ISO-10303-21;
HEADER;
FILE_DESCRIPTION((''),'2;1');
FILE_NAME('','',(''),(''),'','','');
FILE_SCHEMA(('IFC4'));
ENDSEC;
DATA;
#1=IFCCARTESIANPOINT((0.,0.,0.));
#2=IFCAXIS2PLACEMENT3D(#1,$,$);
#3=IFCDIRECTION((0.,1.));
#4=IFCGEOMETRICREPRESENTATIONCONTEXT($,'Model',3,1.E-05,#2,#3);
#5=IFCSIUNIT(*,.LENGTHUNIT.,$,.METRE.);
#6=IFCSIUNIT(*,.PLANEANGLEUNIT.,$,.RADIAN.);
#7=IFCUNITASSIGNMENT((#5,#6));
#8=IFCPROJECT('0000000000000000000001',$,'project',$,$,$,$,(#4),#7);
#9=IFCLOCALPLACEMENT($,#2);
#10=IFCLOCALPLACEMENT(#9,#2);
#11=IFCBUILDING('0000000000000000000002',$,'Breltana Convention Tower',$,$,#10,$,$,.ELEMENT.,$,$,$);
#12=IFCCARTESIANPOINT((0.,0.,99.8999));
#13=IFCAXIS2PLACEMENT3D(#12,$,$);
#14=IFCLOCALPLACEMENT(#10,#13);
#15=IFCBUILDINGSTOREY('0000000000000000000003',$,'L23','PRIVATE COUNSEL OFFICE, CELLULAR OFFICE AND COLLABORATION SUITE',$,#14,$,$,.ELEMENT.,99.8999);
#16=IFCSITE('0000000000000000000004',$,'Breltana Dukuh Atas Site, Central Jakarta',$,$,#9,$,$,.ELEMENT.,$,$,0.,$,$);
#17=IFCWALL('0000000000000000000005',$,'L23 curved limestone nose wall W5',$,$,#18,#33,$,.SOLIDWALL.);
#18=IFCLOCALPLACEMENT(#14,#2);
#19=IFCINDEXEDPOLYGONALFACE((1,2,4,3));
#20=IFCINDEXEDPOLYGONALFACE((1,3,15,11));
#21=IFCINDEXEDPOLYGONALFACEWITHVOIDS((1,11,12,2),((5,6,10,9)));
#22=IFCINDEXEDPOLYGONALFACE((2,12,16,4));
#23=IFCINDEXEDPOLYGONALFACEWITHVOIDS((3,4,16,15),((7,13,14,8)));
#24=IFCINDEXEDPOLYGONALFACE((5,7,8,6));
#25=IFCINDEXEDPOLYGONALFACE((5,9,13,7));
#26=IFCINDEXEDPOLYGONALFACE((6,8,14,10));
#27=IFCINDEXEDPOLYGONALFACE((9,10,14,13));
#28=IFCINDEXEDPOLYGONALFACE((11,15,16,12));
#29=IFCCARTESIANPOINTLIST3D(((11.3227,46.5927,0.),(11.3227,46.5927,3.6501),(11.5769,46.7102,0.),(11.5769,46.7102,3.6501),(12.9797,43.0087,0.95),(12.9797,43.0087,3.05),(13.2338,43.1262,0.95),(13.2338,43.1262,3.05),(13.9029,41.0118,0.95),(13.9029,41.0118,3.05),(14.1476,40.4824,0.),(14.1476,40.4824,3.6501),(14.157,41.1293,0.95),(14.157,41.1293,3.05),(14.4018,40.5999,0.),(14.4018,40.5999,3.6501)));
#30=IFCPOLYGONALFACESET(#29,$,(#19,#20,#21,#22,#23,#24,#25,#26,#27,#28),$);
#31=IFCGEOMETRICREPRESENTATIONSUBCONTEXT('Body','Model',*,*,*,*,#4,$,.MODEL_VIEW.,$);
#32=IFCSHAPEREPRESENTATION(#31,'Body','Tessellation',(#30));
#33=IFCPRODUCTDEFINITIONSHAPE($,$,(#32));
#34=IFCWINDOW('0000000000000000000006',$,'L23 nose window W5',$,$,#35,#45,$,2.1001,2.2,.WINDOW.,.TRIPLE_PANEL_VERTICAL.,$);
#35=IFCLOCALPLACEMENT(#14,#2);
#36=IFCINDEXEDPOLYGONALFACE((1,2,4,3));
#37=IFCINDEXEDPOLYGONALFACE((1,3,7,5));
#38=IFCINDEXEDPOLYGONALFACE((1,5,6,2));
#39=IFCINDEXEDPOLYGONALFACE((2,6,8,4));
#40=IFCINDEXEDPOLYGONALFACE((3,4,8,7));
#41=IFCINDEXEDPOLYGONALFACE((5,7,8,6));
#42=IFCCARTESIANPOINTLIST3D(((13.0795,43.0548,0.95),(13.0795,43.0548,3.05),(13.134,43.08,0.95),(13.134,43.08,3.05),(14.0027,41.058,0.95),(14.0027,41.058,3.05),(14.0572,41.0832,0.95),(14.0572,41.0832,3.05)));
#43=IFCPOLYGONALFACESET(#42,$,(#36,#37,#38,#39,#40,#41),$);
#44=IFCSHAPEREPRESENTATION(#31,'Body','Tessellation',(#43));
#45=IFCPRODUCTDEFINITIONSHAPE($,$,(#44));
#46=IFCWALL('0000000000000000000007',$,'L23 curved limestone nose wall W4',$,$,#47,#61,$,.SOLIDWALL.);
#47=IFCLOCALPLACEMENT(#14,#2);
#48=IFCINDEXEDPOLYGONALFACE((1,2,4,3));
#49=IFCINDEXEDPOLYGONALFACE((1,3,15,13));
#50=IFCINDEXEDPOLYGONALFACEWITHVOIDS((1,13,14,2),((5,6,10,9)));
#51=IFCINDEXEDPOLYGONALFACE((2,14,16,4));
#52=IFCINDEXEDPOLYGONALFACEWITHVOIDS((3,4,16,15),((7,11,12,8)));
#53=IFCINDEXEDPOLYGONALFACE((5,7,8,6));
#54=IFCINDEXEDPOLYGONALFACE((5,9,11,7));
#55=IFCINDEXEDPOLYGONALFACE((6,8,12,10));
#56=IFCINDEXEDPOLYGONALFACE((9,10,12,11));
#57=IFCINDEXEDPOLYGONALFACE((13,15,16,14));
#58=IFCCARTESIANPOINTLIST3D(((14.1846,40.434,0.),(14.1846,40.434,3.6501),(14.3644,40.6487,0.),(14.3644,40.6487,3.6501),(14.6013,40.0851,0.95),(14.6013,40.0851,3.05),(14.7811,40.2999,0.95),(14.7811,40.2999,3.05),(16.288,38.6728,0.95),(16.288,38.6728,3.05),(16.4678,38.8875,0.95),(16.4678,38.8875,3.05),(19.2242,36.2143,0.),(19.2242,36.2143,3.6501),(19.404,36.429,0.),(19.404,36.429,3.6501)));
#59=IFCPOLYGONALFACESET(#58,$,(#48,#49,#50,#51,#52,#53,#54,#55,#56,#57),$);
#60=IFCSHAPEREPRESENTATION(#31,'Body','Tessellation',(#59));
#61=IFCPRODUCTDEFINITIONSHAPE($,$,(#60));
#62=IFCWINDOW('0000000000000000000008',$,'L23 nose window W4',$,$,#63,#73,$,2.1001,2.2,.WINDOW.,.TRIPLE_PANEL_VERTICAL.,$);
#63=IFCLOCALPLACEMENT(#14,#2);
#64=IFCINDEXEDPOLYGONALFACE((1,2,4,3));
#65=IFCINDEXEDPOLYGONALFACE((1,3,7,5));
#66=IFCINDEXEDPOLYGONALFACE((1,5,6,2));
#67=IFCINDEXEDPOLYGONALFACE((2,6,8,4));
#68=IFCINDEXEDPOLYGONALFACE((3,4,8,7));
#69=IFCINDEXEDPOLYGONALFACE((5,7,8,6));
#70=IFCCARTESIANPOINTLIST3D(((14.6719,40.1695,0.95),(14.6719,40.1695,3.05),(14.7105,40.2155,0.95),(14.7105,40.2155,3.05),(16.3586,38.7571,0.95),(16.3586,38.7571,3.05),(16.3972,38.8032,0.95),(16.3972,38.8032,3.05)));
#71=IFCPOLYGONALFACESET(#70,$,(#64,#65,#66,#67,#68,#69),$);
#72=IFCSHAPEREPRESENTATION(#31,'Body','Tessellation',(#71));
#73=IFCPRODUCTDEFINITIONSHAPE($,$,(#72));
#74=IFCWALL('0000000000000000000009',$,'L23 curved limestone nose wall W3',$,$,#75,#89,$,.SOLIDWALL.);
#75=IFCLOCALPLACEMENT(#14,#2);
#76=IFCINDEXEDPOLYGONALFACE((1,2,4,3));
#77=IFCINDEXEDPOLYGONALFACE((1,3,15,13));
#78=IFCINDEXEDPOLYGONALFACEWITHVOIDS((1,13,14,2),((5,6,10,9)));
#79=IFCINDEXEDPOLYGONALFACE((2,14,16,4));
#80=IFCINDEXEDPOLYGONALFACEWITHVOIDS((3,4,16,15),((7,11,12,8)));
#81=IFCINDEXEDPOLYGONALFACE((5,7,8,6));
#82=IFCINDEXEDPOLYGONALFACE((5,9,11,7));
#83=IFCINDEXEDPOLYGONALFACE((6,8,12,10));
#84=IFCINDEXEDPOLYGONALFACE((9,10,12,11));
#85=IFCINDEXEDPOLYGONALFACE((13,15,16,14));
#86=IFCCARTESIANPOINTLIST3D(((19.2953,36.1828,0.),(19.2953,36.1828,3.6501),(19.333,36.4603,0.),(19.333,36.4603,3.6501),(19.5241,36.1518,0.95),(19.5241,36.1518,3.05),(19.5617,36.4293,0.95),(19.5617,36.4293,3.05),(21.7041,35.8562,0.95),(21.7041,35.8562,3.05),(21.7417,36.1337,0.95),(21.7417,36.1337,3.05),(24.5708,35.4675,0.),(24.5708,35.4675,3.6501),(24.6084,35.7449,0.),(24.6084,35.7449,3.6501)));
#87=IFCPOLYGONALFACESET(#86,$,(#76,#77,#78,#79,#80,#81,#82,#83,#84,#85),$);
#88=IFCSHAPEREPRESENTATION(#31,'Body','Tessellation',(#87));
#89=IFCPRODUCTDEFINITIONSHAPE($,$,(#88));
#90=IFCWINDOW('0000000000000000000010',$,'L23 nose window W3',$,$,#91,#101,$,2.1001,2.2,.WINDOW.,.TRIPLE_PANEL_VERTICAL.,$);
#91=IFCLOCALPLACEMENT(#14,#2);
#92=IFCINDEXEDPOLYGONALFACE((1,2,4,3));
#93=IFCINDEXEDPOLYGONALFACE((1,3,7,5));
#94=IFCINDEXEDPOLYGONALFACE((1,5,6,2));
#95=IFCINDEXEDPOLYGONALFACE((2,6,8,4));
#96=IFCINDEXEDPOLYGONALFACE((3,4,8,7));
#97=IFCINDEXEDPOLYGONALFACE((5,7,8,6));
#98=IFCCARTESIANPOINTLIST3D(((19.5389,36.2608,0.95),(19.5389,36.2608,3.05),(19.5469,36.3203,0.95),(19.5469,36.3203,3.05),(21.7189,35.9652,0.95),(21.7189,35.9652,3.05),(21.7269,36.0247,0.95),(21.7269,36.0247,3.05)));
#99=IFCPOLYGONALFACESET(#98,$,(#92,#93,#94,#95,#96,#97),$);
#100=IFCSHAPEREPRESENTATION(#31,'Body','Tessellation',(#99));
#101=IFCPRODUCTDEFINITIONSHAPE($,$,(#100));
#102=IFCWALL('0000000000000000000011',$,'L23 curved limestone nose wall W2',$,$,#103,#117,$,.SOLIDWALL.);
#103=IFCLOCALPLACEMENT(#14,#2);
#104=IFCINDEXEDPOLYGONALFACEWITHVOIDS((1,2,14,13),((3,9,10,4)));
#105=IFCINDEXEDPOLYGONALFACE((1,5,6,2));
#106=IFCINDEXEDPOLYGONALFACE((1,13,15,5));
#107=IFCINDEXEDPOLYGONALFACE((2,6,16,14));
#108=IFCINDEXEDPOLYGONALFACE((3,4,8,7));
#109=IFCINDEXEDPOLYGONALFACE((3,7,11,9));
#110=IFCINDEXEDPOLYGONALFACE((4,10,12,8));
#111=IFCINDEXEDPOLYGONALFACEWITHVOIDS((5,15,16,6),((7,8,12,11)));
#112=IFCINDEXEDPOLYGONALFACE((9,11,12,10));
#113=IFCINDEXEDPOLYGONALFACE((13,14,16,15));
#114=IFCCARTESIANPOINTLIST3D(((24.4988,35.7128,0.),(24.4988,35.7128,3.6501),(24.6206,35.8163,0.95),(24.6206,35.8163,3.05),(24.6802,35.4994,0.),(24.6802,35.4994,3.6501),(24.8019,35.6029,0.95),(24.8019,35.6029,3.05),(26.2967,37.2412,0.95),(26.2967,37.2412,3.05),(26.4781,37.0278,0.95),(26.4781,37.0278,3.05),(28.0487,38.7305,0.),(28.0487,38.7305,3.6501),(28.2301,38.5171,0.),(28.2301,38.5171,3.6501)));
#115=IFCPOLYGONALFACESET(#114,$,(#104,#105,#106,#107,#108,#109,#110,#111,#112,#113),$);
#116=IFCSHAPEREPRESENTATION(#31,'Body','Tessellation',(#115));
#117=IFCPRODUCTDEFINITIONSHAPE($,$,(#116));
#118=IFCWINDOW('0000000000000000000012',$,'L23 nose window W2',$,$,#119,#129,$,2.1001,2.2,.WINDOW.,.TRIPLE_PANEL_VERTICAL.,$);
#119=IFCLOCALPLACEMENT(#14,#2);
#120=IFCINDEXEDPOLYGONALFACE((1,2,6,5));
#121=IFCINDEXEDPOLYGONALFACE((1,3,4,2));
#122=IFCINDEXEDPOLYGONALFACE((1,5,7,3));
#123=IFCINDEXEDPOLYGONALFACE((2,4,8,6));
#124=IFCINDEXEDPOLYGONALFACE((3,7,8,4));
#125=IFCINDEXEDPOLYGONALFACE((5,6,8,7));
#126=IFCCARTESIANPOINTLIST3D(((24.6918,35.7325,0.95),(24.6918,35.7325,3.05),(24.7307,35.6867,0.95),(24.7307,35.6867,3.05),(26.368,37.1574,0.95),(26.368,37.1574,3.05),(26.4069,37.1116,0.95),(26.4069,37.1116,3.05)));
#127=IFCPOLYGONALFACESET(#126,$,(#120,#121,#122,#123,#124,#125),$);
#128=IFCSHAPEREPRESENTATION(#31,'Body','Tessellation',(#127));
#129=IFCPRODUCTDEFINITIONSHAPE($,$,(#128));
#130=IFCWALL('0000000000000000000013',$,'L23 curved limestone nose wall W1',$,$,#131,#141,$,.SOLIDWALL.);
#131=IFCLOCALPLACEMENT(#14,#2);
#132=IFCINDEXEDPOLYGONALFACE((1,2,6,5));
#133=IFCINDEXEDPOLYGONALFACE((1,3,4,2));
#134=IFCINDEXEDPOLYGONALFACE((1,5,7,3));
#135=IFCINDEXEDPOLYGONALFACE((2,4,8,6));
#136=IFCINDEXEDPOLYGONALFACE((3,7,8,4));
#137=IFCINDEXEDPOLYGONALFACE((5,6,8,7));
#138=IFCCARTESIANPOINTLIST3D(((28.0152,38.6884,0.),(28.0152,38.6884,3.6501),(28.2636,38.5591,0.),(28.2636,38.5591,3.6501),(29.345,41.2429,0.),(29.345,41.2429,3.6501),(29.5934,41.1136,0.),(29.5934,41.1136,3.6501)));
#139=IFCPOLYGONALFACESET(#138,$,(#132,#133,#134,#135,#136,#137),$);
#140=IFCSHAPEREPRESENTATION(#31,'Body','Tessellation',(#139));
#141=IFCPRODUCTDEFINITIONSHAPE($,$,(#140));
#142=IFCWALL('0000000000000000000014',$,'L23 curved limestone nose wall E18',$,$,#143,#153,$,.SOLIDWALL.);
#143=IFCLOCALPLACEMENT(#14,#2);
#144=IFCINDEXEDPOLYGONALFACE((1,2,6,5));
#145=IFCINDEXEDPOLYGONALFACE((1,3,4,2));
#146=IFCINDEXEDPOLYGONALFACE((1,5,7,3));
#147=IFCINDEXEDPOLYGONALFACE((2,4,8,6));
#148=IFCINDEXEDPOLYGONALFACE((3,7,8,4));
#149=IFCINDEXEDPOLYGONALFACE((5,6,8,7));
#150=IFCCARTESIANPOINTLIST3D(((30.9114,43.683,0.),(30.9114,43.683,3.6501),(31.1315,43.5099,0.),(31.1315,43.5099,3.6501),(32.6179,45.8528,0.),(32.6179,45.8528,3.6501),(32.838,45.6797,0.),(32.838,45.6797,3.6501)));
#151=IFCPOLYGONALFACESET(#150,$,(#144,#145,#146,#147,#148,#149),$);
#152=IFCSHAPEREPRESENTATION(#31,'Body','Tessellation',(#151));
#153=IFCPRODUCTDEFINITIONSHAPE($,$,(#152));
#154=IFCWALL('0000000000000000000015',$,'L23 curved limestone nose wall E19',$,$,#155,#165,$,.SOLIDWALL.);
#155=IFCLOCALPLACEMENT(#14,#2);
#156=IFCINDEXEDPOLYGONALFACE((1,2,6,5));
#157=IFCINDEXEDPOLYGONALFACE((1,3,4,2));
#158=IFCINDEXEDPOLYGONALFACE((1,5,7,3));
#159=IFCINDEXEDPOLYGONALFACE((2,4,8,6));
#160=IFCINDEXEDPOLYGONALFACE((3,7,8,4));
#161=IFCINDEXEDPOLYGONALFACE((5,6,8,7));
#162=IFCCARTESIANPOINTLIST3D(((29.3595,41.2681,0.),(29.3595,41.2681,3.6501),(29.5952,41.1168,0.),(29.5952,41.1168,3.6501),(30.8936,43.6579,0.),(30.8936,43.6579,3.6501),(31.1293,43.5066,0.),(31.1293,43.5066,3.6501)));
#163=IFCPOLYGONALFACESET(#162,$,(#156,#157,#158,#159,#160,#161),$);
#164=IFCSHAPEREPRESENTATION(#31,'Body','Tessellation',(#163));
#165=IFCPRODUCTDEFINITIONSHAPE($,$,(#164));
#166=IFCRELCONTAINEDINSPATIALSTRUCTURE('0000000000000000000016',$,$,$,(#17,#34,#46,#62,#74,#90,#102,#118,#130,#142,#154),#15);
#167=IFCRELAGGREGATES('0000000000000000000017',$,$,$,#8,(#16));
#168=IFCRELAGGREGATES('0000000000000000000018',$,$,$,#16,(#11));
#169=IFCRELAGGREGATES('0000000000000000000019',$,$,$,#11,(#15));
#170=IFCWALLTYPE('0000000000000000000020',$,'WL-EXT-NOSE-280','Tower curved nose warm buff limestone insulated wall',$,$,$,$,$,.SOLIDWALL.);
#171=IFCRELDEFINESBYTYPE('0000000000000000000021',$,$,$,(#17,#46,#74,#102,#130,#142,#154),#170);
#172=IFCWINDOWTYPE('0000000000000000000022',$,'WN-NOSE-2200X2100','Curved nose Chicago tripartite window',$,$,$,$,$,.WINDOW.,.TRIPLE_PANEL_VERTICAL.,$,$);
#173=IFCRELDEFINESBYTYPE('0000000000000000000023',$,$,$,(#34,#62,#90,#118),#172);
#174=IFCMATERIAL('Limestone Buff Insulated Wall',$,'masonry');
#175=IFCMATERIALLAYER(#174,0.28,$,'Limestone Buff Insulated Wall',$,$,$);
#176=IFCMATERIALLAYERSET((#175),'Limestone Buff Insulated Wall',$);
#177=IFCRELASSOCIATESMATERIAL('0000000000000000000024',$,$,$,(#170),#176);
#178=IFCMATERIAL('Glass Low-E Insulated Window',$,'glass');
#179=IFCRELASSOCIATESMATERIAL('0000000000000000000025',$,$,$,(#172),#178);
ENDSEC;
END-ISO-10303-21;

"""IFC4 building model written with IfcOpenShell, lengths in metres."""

from ifc_helpers import new_model, si_unit, direction, frame, frame_2d, origin, place, context, subcontext, project, spatial, rectangle, extrude, source, transform, mapped, material, layer, layer_set, type_object, type_shapes, element, fill, save


model = new_model("IFC4")

# Units and contexts
model_context = context("Model", 3, precision=1e-05, world=origin(), true_north=direction((0.0, 1.0)))
body_context = subcontext(model_context, "Body", "Model", "MODEL_VIEW")
ifc_project = project(units=[si_unit("LENGTHUNIT", "METRE"), si_unit("PLANEANGLEUNIT", "RADIAN")], contexts=[model_context])

# Site, building, storey
site_placement = place(None, origin())
site = spatial("IfcSite", under=ifc_project, at=site_placement, Name="Breltana Dukuh Atas Site, Central Jakarta", CompositionType="ELEMENT", RefElevation=0.0)
building_placement = place(site_placement, origin())
building = spatial("IfcBuilding", under=site, at=building_placement, Name="Breltana Convention Tower", CompositionType="ELEMENT")
storey_placement = place(building_placement, frame((0.0, 0.0, 99.8999)))
storey = spatial("IfcBuildingStorey", under=building, at=storey_placement, Name="L23", Description="PRIVATE COUNSEL OFFICE, CELLULAR OFFICE AND COLLABORATION SUITE", CompositionType="ELEMENT", Elevation=99.8999)

# Walls, openings, windows
ifc_material_1 = material(Name="Limestone Buff Insulated Wall", Category="masonry")
ifc_layer_1 = layer(ifc_material_1, 0.28, Name="Limestone Buff Insulated Wall")
ifc_layer_set_1 = layer_set([ifc_layer_1], Name="Limestone Buff Insulated Wall")
wall_type_1 = type_object("IfcWallType", Name="WL-EXT-NOSE-280", Description="Tower curved nose warm buff limestone insulated wall", PredefinedType="SOLIDWALL", material=ifc_layer_set_1)
shared_shape_1 = source(origin(), body_context, "Body", "SweptSolid", [
    extrude(rectangle(XDim=6.7317, YDim=0.28, at=frame_2d((3.3657, 0.0))), origin(), (0.0, 0.0, 1.0), 3.6501),
])
wall_1_placement = place(storey_placement, frame((14.2747, 40.5413, 0.0), z_axis=(0.0, 0.0, 1.0), x_axis=(-0.419645, 0.907689, 0.0)))
wall_1 = element("IfcWall", 1, at=wall_1_placement, inside=storey, type_object=wall_type_1, Name="L23 curved limestone nose wall W5", PredefinedType="SOLIDWALL", context=body_context, shape_type="MappedRepresentation", body=[
    mapped(shared_shape_1, transform((0.0, 0.0, 0.0), scale=1.0)),
])
opening_1_placement = place(wall_1_placement, frame((0.583, 0.0, 0.95)))
opening_1 = element("IfcOpeningElement", 2, at=opening_1_placement, cuts=wall_1, PredefinedType="OPENING", context=body_context, shape_type="SweptSolid", body=[
    extrude(rectangle(XDim=2.2, YDim=2.1001, at=frame_2d((1.1001, 1.05))), frame((0.0, 0.1499, 0.0), z_axis=(0.0, -1.0, 0.0), x_axis=(1.0, 0.0, 0.0)), (0.0, 0.0, 1.0), 0.3),
])
ifc_material_2 = material(Name="Glass Low-E Insulated Window", Category="glass")
window_type = type_object("IfcWindowType", Name="WN-NOSE-2200X2100", Description="Curved nose Chicago tripartite window", PartitioningType="TRIPLE_PANEL_VERTICAL", PredefinedType="WINDOW", material=ifc_material_2)
shared_shape_2 = source(origin(), body_context, "Body", "SweptSolid", [
    extrude(rectangle(XDim=2.2, YDim=2.1001, at=frame_2d((1.1001, 1.05))), frame((0.0, 0.03, 0.0), z_axis=(0.0, -1.0, 0.0), x_axis=(1.0, 0.0, 0.0)), (0.0, 0.0, 1.0), 0.0601),
])
type_shapes(window_type, [shared_shape_2])
window_1_placement = place(opening_1_placement, origin())
window_1 = element("IfcWindow", 3, at=window_1_placement, inside=storey, type_object=window_type, Name="L23 nose window W5", OverallHeight=2.1001, OverallWidth=2.2, PartitioningType="TRIPLE_PANEL_VERTICAL", PredefinedType="WINDOW", context=body_context, shape_type="MappedRepresentation", body=[
    mapped(shared_shape_2, transform((0.0, 0.0, 0.0), scale=1.0)),
])
fill(opening_1, window_1)
shared_shape_3 = source(origin(), body_context, "Body", "SweptSolid", [
    extrude(rectangle(XDim=6.573, YDim=0.28, at=frame_2d((3.2866, 0.0))), origin(), (0.0, 0.0, 1.0), 3.6501),
])
wall_2_placement = place(storey_placement, frame((19.3142, 36.3215, 0.0), z_axis=(0.0, 0.0, 1.0), x_axis=(-0.766715, 0.641987, 0.0)))
wall_2 = element("IfcWall", 4, at=wall_2_placement, inside=storey, type_object=wall_type_1, Name="L23 curved limestone nose wall W4", PredefinedType="SOLIDWALL", context=body_context, shape_type="MappedRepresentation", body=[
    mapped(shared_shape_3, transform((0.0, 0.0, 0.0), scale=1.0)),
])
opening_2_placement = place(wall_2_placement, frame((3.8296, 0.0, 0.95)))
opening_2 = element("IfcOpeningElement", 5, at=opening_2_placement, cuts=wall_2, PredefinedType="OPENING", context=body_context, shape_type="SweptSolid", body=[
    extrude(rectangle(XDim=2.2, YDim=2.1001, at=frame_2d((1.1001, 1.05))), frame((0.0, 0.1499, 0.0), z_axis=(0.0, -1.0, 0.0), x_axis=(1.0, 0.0, 0.0)), (0.0, 0.0, 1.0), 0.3),
])
window_2_placement = place(opening_2_placement, origin())
window_2 = element("IfcWindow", 6, at=window_2_placement, inside=storey, type_object=window_type, Name="L23 nose window W4", OverallHeight=2.1001, OverallWidth=2.2, PartitioningType="TRIPLE_PANEL_VERTICAL", PredefinedType="WINDOW", context=body_context, shape_type="MappedRepresentation", body=[
    mapped(shared_shape_2, transform((0.0, 0.0, 0.0), scale=1.0)),
])
fill(opening_2, window_2)
shared_shape_4 = source(origin(), body_context, "Body", "SweptSolid", [
    extrude(rectangle(XDim=5.3237, YDim=0.28, at=frame_2d((2.6619, 0.0))), origin(), (0.0, 0.0, 1.0), 3.6501),
])
wall_3_placement = place(storey_placement, frame((24.5896, 35.6062, 0.0), z_axis=(0.0, 0.0, 1.0), x_axis=(-0.990931, 0.134368, 0.0)))
wall_3 = element("IfcWall", 7, at=wall_3_placement, inside=storey, type_object=wall_type_1, Name="L23 curved limestone nose wall W3", PredefinedType="SOLIDWALL", context=body_context, shape_type="MappedRepresentation", body=[
    mapped(shared_shape_4, transform((0.0, 0.0, 0.0), scale=1.0)),
])
opening_3_placement = place(wall_3_placement, frame((2.8928, 0.0, 0.95)))
opening_3 = element("IfcOpeningElement", 8, at=opening_3_placement, cuts=wall_3, PredefinedType="OPENING", context=body_context, shape_type="SweptSolid", body=[
    extrude(rectangle(XDim=2.2, YDim=2.1001, at=frame_2d((1.1001, 1.05))), frame((0.0, 0.1499, 0.0), z_axis=(0.0, -1.0, 0.0), x_axis=(1.0, 0.0, 0.0)), (0.0, 0.0, 1.0), 0.3),
])
window_3_placement = place(opening_3_placement, origin())
window_3 = element("IfcWindow", 9, at=window_3_placement, inside=storey, type_object=window_type, Name="L23 nose window W3", OverallHeight=2.1001, OverallWidth=2.2, PartitioningType="TRIPLE_PANEL_VERTICAL", PredefinedType="WINDOW", context=body_context, shape_type="MappedRepresentation", body=[
    mapped(shared_shape_2, transform((0.0, 0.0, 0.0), scale=1.0)),
])
fill(opening_3, window_3)
shared_shape_5 = source(origin(), body_context, "Body", "SweptSolid", [
    extrude(rectangle(XDim=4.6592, YDim=0.28, at=frame_2d((2.3296, 0.0))), origin(), (0.0, 0.0, 1.0), 3.6501),
])
wall_4_placement = place(storey_placement, frame((28.1394, 38.6238, 0.0), z_axis=(0.0, 0.0, 1.0), x_axis=(-0.761913, -0.647679, 0.0)))
wall_4 = element("IfcWall", 10, at=wall_4_placement, inside=storey, type_object=wall_type_1, Name="L23 curved limestone nose wall W2", PredefinedType="SOLIDWALL", context=body_context, shape_type="MappedRepresentation", body=[
    mapped(shared_shape_5, transform((0.0, 0.0, 0.0), scale=1.0)),
])
opening_4_placement = place(wall_4_placement, frame((2.2993, 0.0, 0.95)))
opening_4 = element("IfcOpeningElement", 11, at=opening_4_placement, cuts=wall_4, PredefinedType="OPENING", context=body_context, shape_type="SweptSolid", body=[
    extrude(rectangle(XDim=2.2, YDim=2.1001, at=frame_2d((1.1001, 1.05))), frame((0.0, 0.1499, 0.0), z_axis=(0.0, -1.0, 0.0), x_axis=(1.0, 0.0, 0.0)), (0.0, 0.0, 1.0), 0.3),
])
window_4_placement = place(opening_4_placement, origin())
window_4 = element("IfcWindow", 12, at=window_4_placement, inside=storey, type_object=window_type, Name="L23 nose window W2", OverallHeight=2.1001, OverallWidth=2.2, PartitioningType="TRIPLE_PANEL_VERTICAL", PredefinedType="WINDOW", context=body_context, shape_type="MappedRepresentation", body=[
    mapped(shared_shape_2, transform((0.0, 0.0, 0.0), scale=1.0)),
])
fill(opening_4, window_4)

# Walls
shared_shape_6 = source(origin(), body_context, "Body", "SweptSolid", [
    extrude(rectangle(XDim=2.8799, YDim=0.28, at=frame_2d((1.4399, 0.0))), origin(), (0.0, 0.0, 1.0), 3.6501),
])
wall_5_placement = place(storey_placement, frame((29.4692, 41.1782, 0.0), z_axis=(0.0, 0.0, 1.0), x_axis=(-0.461769, -0.887, 0.0)))
element("IfcWall", 13, at=wall_5_placement, inside=storey, type_object=wall_type_1, Name="L23 curved limestone nose wall W1", PredefinedType="SOLIDWALL", context=body_context, shape_type="MappedRepresentation", body=[
    mapped(shared_shape_6, transform((0.0, 0.0, 0.0), scale=1.0)),
])
shared_shape_7 = source(origin(), body_context, "Body", "SweptSolid", [
    extrude(rectangle(XDim=2.7605, YDim=0.28, at=frame_2d((1.3804, 0.0))), origin(), (0.0, 0.0, 1.0), 3.6501),
])
wall_6_placement = place(storey_placement, frame((32.728, 45.7664, 0.0), z_axis=(0.0, 0.0, 1.0), x_axis=(-0.618181, -0.786036, 0.0)))
element("IfcWall", 14, at=wall_6_placement, inside=storey, type_object=wall_type_1, Name="L23 curved limestone nose wall E18", PredefinedType="SOLIDWALL", context=body_context, shape_type="MappedRepresentation", body=[
    mapped(shared_shape_7, transform((0.0, 0.0, 0.0), scale=1.0)),
])
shared_shape_8 = source(origin(), body_context, "Body", "SweptSolid", [
    extrude(rectangle(XDim=2.8398, YDim=0.28, at=frame_2d((1.4199, 0.0))), origin(), (0.0, 0.0, 1.0), 3.6501),
])
wall_7_placement = place(storey_placement, frame((31.0115, 43.5823, 0.0), z_axis=(0.0, 0.0, 1.0), x_axis=(-0.540214, -0.841527, 0.0)))
element("IfcWall", 15, at=wall_7_placement, inside=storey, type_object=wall_type_1, Name="L23 curved limestone nose wall E19", PredefinedType="SOLIDWALL", context=body_context, shape_type="MappedRepresentation", body=[
    mapped(shared_shape_8, transform((0.0, 0.0, 0.0), scale=1.0)),
])

save(model, "model.ifc")
